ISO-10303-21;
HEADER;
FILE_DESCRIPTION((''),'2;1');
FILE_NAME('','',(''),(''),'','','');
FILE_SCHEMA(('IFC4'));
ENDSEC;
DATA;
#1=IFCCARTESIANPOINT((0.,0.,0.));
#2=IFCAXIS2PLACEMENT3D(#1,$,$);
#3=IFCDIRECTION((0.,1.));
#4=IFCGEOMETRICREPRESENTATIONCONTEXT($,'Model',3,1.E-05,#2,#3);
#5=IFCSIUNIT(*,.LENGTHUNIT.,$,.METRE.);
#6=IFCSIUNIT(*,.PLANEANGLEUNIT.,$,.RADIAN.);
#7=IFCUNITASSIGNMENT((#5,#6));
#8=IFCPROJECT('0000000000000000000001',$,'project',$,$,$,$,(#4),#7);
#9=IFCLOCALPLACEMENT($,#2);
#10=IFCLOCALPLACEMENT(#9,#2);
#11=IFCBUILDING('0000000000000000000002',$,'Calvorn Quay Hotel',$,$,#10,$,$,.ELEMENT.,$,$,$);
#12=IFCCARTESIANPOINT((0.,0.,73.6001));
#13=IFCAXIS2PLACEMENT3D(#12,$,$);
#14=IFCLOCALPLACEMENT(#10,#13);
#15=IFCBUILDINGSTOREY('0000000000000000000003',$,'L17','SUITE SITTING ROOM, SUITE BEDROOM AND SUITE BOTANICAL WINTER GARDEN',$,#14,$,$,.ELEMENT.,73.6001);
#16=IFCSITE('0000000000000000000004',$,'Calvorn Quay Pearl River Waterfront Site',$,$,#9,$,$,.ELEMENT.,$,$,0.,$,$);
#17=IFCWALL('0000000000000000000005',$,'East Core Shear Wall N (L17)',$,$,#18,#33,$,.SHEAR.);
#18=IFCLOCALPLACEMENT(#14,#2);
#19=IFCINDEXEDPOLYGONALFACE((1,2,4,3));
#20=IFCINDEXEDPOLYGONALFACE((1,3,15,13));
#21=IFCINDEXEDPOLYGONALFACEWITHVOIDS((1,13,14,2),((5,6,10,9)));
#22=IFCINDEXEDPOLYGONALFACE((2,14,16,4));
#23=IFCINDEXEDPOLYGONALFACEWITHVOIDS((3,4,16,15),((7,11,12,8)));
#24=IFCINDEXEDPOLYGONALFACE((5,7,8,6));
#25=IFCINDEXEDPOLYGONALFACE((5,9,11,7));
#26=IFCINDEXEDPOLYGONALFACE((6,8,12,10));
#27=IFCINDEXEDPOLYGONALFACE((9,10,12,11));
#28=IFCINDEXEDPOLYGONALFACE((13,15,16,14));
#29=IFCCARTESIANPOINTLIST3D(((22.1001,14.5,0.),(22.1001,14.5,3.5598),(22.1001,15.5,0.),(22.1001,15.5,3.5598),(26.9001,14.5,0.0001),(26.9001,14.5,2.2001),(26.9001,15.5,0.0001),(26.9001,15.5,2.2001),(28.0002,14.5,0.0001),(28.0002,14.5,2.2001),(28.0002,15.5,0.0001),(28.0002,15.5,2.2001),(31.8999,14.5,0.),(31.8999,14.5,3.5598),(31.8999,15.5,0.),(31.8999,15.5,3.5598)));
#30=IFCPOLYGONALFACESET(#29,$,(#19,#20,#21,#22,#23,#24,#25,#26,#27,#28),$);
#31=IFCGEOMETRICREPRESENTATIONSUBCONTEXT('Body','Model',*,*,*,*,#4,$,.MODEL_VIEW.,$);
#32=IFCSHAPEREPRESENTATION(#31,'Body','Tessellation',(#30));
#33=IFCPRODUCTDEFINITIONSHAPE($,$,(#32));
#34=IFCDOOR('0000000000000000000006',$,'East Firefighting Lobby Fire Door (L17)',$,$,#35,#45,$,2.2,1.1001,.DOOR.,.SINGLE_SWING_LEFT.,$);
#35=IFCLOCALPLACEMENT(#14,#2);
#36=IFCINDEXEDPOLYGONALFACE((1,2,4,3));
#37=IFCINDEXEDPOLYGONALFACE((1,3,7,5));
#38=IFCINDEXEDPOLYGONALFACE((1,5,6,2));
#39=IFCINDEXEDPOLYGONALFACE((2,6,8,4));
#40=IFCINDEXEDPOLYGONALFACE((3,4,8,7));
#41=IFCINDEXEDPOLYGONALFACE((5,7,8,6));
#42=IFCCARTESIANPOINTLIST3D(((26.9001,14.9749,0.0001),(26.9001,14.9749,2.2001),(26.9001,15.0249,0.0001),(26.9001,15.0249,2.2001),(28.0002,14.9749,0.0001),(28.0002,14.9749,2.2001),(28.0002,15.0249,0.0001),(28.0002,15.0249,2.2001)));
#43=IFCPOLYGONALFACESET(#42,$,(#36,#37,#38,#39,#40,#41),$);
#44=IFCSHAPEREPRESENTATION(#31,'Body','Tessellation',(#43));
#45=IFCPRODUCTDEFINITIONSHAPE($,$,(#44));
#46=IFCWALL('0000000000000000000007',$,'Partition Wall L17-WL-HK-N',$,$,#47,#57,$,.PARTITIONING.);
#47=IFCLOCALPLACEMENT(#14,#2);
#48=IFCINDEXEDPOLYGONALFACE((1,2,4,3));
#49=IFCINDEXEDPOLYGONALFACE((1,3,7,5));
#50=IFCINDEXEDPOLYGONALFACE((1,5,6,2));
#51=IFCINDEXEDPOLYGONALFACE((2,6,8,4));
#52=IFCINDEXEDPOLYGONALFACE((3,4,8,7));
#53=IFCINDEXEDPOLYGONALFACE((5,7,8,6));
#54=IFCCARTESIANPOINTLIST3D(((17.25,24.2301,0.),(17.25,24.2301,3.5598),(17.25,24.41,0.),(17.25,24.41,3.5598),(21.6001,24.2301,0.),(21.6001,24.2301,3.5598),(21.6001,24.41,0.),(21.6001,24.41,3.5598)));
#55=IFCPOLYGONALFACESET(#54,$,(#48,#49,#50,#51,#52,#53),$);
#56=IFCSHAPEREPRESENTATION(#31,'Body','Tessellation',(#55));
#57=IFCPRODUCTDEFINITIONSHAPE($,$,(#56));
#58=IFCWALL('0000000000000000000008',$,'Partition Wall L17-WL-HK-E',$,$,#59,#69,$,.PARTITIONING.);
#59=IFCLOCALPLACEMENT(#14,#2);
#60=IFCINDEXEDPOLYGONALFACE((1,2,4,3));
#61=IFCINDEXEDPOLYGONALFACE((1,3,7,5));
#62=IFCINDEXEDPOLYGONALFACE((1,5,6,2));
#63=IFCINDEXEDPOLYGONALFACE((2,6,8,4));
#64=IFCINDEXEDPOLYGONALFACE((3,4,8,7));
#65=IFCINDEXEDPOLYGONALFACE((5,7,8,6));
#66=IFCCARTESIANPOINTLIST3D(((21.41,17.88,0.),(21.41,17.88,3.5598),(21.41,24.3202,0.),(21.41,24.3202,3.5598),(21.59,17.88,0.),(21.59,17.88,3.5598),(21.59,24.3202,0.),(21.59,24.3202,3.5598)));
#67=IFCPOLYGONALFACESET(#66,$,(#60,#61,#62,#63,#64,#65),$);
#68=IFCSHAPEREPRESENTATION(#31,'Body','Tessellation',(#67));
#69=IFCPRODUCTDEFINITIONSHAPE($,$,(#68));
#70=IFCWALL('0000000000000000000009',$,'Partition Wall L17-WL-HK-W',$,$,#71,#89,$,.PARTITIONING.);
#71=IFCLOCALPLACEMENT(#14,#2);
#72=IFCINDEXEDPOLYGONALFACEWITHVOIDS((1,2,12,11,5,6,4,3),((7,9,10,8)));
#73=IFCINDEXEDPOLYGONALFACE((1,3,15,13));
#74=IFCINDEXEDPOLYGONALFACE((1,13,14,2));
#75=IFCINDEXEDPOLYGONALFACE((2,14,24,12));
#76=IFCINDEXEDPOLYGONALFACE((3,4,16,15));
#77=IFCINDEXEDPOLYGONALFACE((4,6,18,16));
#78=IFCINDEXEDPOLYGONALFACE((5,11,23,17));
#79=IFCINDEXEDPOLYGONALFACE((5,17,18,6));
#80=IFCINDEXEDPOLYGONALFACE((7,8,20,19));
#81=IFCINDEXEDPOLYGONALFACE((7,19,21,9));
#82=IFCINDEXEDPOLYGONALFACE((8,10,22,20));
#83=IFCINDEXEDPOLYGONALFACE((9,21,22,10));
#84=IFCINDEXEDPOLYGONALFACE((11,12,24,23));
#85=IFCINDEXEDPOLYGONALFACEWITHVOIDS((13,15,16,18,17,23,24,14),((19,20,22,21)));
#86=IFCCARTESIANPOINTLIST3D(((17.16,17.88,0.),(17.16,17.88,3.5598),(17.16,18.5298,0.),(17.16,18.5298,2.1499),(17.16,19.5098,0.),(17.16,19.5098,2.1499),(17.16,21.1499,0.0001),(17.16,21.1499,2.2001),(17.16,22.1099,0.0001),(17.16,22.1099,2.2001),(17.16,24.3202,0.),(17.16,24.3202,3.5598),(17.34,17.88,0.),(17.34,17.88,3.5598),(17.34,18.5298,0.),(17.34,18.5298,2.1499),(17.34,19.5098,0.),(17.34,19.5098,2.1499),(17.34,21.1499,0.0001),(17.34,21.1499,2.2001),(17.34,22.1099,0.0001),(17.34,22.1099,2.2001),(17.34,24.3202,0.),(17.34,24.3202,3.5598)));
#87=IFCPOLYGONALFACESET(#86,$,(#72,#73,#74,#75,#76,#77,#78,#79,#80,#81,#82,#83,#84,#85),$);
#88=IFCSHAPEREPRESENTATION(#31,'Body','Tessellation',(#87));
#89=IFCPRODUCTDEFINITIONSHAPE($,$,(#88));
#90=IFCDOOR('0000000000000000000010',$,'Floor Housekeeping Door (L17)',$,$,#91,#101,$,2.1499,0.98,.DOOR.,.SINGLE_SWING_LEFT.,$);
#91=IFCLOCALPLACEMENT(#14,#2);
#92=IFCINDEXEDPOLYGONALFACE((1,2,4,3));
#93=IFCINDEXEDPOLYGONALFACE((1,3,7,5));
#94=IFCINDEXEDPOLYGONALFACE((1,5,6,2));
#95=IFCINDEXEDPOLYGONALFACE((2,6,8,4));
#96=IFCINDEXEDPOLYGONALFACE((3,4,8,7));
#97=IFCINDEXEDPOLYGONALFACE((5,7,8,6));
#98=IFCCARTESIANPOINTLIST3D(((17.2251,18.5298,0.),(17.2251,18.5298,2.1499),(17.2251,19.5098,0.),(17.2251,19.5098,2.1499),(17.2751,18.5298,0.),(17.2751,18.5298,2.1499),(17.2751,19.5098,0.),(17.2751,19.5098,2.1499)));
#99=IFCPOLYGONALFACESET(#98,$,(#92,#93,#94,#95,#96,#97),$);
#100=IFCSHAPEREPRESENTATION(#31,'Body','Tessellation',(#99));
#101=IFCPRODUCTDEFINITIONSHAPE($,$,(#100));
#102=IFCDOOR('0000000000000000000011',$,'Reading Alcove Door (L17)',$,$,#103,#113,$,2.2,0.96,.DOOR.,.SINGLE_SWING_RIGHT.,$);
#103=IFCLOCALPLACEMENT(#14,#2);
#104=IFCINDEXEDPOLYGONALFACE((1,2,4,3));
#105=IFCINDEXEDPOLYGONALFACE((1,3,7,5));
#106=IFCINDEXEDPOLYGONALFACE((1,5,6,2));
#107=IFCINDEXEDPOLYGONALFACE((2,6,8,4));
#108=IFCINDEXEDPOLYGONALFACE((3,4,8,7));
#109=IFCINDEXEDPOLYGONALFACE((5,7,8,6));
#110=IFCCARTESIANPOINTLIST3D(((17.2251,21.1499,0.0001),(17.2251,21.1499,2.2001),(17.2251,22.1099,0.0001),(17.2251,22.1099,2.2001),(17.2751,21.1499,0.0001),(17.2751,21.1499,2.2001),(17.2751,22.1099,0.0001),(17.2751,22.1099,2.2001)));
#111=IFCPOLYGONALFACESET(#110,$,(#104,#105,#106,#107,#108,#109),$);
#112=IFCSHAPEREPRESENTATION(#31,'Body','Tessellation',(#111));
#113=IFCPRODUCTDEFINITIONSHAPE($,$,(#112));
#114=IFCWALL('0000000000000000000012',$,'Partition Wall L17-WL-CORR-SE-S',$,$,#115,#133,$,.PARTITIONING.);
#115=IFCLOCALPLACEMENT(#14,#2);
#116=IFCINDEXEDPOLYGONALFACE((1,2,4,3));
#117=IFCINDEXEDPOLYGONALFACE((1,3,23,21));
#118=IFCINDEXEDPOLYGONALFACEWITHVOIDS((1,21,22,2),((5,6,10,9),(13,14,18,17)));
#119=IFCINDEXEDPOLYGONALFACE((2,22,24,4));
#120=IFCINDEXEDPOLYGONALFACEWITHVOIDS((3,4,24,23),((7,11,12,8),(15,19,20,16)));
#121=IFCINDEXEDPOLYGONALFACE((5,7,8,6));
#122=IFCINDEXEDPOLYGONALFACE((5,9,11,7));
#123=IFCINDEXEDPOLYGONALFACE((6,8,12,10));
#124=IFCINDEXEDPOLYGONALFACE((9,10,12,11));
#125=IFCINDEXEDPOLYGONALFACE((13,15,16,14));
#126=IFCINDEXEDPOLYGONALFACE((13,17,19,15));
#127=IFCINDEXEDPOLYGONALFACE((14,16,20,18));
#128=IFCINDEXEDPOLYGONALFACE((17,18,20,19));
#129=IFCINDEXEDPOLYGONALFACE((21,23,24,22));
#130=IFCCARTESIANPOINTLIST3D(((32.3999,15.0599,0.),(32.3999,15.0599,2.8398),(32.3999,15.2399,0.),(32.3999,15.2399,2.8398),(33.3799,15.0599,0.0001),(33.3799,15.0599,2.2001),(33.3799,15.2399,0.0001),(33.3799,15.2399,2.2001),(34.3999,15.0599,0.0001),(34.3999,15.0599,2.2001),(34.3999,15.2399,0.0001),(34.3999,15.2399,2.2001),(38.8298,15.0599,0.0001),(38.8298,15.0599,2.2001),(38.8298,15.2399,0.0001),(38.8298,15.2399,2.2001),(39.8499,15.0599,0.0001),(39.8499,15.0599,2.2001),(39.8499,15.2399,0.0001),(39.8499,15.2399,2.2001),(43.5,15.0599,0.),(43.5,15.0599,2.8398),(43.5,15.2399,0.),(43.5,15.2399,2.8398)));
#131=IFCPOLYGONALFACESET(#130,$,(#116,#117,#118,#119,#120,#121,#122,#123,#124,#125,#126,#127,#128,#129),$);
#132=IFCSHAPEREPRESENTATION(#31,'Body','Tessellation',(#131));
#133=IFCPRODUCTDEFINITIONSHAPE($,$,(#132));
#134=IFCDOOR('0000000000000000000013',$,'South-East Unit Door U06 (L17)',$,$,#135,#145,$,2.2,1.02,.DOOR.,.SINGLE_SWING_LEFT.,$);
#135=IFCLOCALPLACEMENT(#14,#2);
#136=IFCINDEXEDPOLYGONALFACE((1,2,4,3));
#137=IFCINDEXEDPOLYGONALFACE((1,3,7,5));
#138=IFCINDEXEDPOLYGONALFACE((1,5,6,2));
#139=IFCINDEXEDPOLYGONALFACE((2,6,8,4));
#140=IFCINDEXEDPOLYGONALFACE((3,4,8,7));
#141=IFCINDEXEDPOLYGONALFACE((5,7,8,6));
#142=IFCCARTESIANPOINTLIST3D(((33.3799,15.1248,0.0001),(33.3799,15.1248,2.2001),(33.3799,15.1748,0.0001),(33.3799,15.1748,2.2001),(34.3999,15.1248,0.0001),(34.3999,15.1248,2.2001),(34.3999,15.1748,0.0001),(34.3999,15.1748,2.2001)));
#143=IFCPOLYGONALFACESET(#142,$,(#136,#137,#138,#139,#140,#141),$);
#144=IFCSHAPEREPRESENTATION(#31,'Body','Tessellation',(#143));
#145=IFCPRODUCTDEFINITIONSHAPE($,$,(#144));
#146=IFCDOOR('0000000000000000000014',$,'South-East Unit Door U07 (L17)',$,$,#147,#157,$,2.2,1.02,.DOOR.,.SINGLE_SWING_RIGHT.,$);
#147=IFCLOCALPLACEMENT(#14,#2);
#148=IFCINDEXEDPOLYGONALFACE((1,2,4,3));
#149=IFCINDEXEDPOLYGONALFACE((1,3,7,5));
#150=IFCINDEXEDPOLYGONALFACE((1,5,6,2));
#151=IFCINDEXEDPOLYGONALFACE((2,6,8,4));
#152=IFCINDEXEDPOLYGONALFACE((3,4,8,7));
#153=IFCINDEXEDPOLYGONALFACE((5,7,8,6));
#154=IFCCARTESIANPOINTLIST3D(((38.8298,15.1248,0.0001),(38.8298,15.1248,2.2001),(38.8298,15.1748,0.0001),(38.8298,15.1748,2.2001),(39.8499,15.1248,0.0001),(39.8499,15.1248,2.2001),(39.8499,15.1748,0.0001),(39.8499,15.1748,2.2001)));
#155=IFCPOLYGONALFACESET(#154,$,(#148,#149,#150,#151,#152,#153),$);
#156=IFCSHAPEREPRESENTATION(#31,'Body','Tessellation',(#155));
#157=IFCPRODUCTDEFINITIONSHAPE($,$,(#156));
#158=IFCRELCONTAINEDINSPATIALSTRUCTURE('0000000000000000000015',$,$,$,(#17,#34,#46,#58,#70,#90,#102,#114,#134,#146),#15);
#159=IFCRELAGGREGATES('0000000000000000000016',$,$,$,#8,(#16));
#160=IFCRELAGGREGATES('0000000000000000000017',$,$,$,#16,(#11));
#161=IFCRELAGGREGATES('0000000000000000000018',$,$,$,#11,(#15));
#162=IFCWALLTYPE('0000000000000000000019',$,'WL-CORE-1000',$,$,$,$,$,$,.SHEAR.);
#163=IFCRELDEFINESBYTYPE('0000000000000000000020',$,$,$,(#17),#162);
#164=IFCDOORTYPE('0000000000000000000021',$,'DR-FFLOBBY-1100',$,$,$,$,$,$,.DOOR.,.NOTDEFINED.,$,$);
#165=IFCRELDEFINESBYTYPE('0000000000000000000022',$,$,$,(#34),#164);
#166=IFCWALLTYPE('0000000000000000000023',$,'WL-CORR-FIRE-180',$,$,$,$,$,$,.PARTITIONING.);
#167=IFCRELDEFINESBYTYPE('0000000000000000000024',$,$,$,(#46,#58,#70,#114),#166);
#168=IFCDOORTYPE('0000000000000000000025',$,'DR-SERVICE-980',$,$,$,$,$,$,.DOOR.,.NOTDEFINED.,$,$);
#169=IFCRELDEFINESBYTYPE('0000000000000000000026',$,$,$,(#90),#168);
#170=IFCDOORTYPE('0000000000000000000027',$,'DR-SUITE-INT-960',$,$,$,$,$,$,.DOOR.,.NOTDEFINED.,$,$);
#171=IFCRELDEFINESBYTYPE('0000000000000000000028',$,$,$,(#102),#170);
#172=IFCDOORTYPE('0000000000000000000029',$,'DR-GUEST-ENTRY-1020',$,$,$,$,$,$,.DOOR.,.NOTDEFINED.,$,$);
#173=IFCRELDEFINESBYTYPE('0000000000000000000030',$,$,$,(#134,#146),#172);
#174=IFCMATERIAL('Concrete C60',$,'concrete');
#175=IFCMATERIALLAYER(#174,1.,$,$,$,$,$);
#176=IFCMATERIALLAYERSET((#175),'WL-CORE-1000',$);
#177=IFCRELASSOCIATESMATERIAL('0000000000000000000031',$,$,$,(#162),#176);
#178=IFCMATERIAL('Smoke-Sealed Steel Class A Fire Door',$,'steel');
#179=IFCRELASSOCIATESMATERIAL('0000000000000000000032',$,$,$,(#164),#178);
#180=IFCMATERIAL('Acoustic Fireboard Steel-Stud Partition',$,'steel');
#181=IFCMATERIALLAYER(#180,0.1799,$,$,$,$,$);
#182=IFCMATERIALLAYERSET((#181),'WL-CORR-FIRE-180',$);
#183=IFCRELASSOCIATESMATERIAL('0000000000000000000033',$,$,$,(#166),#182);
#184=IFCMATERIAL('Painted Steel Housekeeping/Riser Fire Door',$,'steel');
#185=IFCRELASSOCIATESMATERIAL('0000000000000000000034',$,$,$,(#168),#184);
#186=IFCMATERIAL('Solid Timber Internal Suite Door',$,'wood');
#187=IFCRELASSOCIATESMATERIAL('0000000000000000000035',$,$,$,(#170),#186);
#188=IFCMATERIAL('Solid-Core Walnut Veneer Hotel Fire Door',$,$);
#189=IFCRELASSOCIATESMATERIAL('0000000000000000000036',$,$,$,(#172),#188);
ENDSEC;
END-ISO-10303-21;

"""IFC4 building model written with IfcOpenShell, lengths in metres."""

from ifc_helpers import new_model, si_unit, direction, frame, frame_2d, origin, place, context, subcontext, project, spatial, rectangle, extrude, material, layer, layer_set, type_object, element, fill, save


model = new_model("IFC4")

# Units and contexts
model_context = context("Model", 3, precision=1e-05, world=origin(), true_north=direction((0.0, 1.0)))
body_context = subcontext(model_context, "Body", "Model", "MODEL_VIEW")
ifc_project = project(units=[si_unit("LENGTHUNIT", "METRE"), si_unit("PLANEANGLEUNIT", "RADIAN")], contexts=[model_context])

# Site, building, storey
site_placement = place(None, origin())
site = spatial("IfcSite", under=ifc_project, at=site_placement, Name="Calvorn Quay Pearl River Waterfront Site", CompositionType="ELEMENT", RefElevation=0.0)
building_placement = place(site_placement, origin())
building = spatial("IfcBuilding", under=site, at=building_placement, Name="Calvorn Quay Hotel", CompositionType="ELEMENT")
storey_placement = place(building_placement, frame((0.0, 0.0, 73.6001)))
storey = spatial("IfcBuildingStorey", under=building, at=storey_placement, Name="L17", Description="SUITE SITTING ROOM, SUITE BEDROOM AND SUITE BOTANICAL WINTER GARDEN", CompositionType="ELEMENT", Elevation=73.6001)

# Wall, opening, door
ifc_material_1 = material(Name="Concrete C60", Category="concrete")
ifc_layer_1 = layer(ifc_material_1, 1.0)
ifc_layer_set_1 = layer_set([ifc_layer_1], Name="WL-CORE-1000")
wall_type_1 = type_object("IfcWallType", Name="WL-CORE-1000", PredefinedType="SHEAR", material=ifc_layer_set_1)
wall_1_placement = place(storey_placement, frame((22.1001, 15.0, 0.0), z_axis=(0.0, 0.0, 1.0), x_axis=(1.0, 0.0, 0.0)))
wall_1 = element("IfcWall", 1, at=wall_1_placement, inside=storey, type_object=wall_type_1, Name="East Core Shear Wall N (L17)", PredefinedType="SHEAR", context=body_context, shape_type="SweptSolid", body=[
    extrude(rectangle(XDim=9.7998, YDim=1.0, at=frame_2d((4.8999, 0.0))), origin(), (0.0, 0.0, 1.0), 3.5598),
])
opening_1_placement = place(wall_1_placement, frame((4.8, 0.0, 0.0)))
opening_1 = element("IfcOpeningElement", 2, at=opening_1_placement, cuts=wall_1, PredefinedType="OPENING", context=body_context, shape_type="SweptSolid", body=[
    extrude(rectangle(XDim=1.1001, YDim=2.2, at=frame_2d((0.55, 1.1001))), frame((0.0, 0.51, 0.0), z_axis=(0.0, -1.0, 0.0), x_axis=(1.0, 0.0, 0.0)), (0.0, 0.0, 1.0), 1.02),
])
ifc_material_2 = material(Name="Smoke-Sealed Steel Class A Fire Door", Category="steel")
door_type_1 = type_object("IfcDoorType", Name="DR-FFLOBBY-1100", OperationType="NOTDEFINED", PredefinedType="DOOR", material=ifc_material_2)
door_1_placement = place(opening_1_placement, origin())
door_1 = element("IfcDoor", 3, at=door_1_placement, inside=storey, type_object=door_type_1, Name="East Firefighting Lobby Fire Door (L17)", OperationType="SINGLE_SWING_LEFT", OverallHeight=2.2, OverallWidth=1.1001, PredefinedType="DOOR", context=body_context, shape_type="SweptSolid", body=[
    extrude(rectangle(XDim=1.1001, YDim=2.2, at=frame_2d((0.55, 1.1001))), frame((0.0, 0.0249, 0.0), z_axis=(0.0, -1.0, 0.0), x_axis=(1.0, 0.0, 0.0)), (0.0, 0.0, 1.0), 0.05),
])
fill(opening_1, door_1)

# Walls
ifc_material_3 = material(Name="Acoustic Fireboard Steel-Stud Partition", Category="steel")
ifc_layer_2 = layer(ifc_material_3, 0.1799)
ifc_layer_set_2 = layer_set([ifc_layer_2], Name="WL-CORR-FIRE-180")
wall_type_2 = type_object("IfcWallType", Name="WL-CORR-FIRE-180", PredefinedType="PARTITIONING", material=ifc_layer_set_2)
wall_2_placement = place(storey_placement, frame((17.25, 24.3201, 0.0), z_axis=(0.0, 0.0, 1.0), x_axis=(1.0, 0.0, 0.0)))
element("IfcWall", 4, at=wall_2_placement, inside=storey, type_object=wall_type_2, Name="Partition Wall L17-WL-HK-N", PredefinedType="PARTITIONING", context=body_context, shape_type="SweptSolid", body=[
    extrude(rectangle(XDim=4.3501, YDim=0.1799, at=frame_2d((2.175, 0.0))), origin(), (0.0, 0.0, 1.0), 3.5598),
])
wall_3_placement = place(storey_placement, frame((21.5, 17.8799, 0.0), z_axis=(0.0, 0.0, 1.0), x_axis=(0.0, 1.0, 0.0)))
element("IfcWall", 5, at=wall_3_placement, inside=storey, type_object=wall_type_2, Name="Partition Wall L17-WL-HK-E", PredefinedType="PARTITIONING", context=body_context, shape_type="SweptSolid", body=[
    extrude(rectangle(XDim=6.4402, YDim=0.1799, at=frame_2d((3.2202, 0.0))), origin(), (0.0, 0.0, 1.0), 3.5598),
])

# Walls, openings, doors
wall_4_placement = place(storey_placement, frame((17.25, 17.8799, 0.0), z_axis=(0.0, 0.0, 1.0), x_axis=(0.0, 1.0, 0.0)))
wall_4 = element("IfcWall", 6, at=wall_4_placement, inside=storey, type_object=wall_type_2, Name="Partition Wall L17-WL-HK-W", PredefinedType="PARTITIONING", context=body_context, shape_type="SweptSolid", body=[
    extrude(rectangle(XDim=6.4402, YDim=0.1799, at=frame_2d((3.2202, 0.0))), origin(), (0.0, 0.0, 1.0), 3.5598),
])
opening_2_placement = place(wall_4_placement, frame((0.6499, 0.0, 0.0)))
opening_2 = element("IfcOpeningElement", 7, at=opening_2_placement, cuts=wall_4, PredefinedType="OPENING", context=body_context, shape_type="SweptSolid", body=[
    extrude(rectangle(XDim=0.98, YDim=2.1499, at=frame_2d((0.49, 1.075))), frame((0.0, 0.0999, 0.0), z_axis=(0.0, -1.0, 0.0), x_axis=(1.0, 0.0, 0.0)), (0.0, 0.0, 1.0), 0.2),
])
opening_3_placement = place(wall_4_placement, frame((3.27, 0.0, 0.0)))
opening_3 = element("IfcOpeningElement", 8, at=opening_3_placement, cuts=wall_4, PredefinedType="OPENING", context=body_context, shape_type="SweptSolid", body=[
    extrude(rectangle(XDim=0.96, YDim=2.2, at=frame_2d((0.48, 1.1001))), frame((0.0, 0.0999, 0.0), z_axis=(0.0, -1.0, 0.0), x_axis=(1.0, 0.0, 0.0)), (0.0, 0.0, 1.0), 0.2),
])
ifc_material_4 = material(Name="Painted Steel Housekeeping/Riser Fire Door", Category="steel")
door_type_2 = type_object("IfcDoorType", Name="DR-SERVICE-980", OperationType="NOTDEFINED", PredefinedType="DOOR", material=ifc_material_4)
door_2_placement = place(opening_2_placement, origin())
door_2 = element("IfcDoor", 9, at=door_2_placement, inside=storey, type_object=door_type_2, Name="Floor Housekeeping Door (L17)", OperationType="SINGLE_SWING_LEFT", OverallHeight=2.1499, OverallWidth=0.98, PredefinedType="DOOR", context=body_context, shape_type="SweptSolid", body=[
    extrude(rectangle(XDim=0.98, YDim=2.1499, at=frame_2d((0.49, 1.075))), frame((0.0, 0.0249, 0.0), z_axis=(0.0, -1.0, 0.0), x_axis=(1.0, 0.0, 0.0)), (0.0, 0.0, 1.0), 0.05),
])
fill(opening_2, door_2)
ifc_material_5 = material(Name="Solid Timber Internal Suite Door", Category="wood")
door_type_3 = type_object("IfcDoorType", Name="DR-SUITE-INT-960", OperationType="NOTDEFINED", PredefinedType="DOOR", material=ifc_material_5)
door_3_placement = place(opening_3_placement, origin())
door_3 = element("IfcDoor", 10, at=door_3_placement, inside=storey, type_object=door_type_3, Name="Reading Alcove Door (L17)", OperationType="SINGLE_SWING_RIGHT", OverallHeight=2.2, OverallWidth=0.96, PredefinedType="DOOR", context=body_context, shape_type="SweptSolid", body=[
    extrude(rectangle(XDim=0.96, YDim=2.2, at=frame_2d((0.48, 1.1001))), frame((0.0, 0.0249, 0.0), z_axis=(0.0, -1.0, 0.0), x_axis=(1.0, 0.0, 0.0)), (0.0, 0.0, 1.0), 0.05),
])
fill(opening_3, door_3)
wall_5_placement = place(storey_placement, frame((32.3999, 15.1499, 0.0), z_axis=(0.0, 0.0, 1.0), x_axis=(1.0, 0.0, 0.0)))
wall_5 = element("IfcWall", 11, at=wall_5_placement, inside=storey, type_object=wall_type_2, Name="Partition Wall L17-WL-CORR-SE-S", PredefinedType="PARTITIONING", context=body_context, shape_type="SweptSolid", body=[
    extrude(rectangle(XDim=11.1001, YDim=0.1799, at=frame_2d((5.55, 0.0))), origin(), (0.0, 0.0, 1.0), 2.8398),
])
opening_4_placement = place(wall_5_placement, frame((0.98, 0.0, 0.0)))
opening_4 = element("IfcOpeningElement", 12, at=opening_4_placement, cuts=wall_5, PredefinedType="OPENING", context=body_context, shape_type="SweptSolid", body=[
    extrude(rectangle(XDim=1.02, YDim=2.2, at=frame_2d((0.51, 1.1001))), frame((0.0, 0.0999, 0.0), z_axis=(0.0, -1.0, 0.0), x_axis=(1.0, 0.0, 0.0)), (0.0, 0.0, 1.0), 0.2),
])
opening_5_placement = place(wall_5_placement, frame((6.4299, 0.0, 0.0)))
opening_5 = element("IfcOpeningElement", 13, at=opening_5_placement, cuts=wall_5, PredefinedType="OPENING", context=body_context, shape_type="SweptSolid", body=[
    extrude(rectangle(XDim=1.02, YDim=2.2, at=frame_2d((0.51, 1.1001))), frame((0.0, 0.0999, 0.0), z_axis=(0.0, -1.0, 0.0), x_axis=(1.0, 0.0, 0.0)), (0.0, 0.0, 1.0), 0.2),
])
ifc_material_6 = material(Name="Solid-Core Walnut Veneer Hotel Fire Door")
door_type_4 = type_object("IfcDoorType", Name="DR-GUEST-ENTRY-1020", OperationType="NOTDEFINED", PredefinedType="DOOR", material=ifc_material_6)
door_4_placement = place(opening_4_placement, origin())
door_4 = element("IfcDoor", 14, at=door_4_placement, inside=storey, type_object=door_type_4, Name="South-East Unit Door U06 (L17)", OperationType="SINGLE_SWING_LEFT", OverallHeight=2.2, OverallWidth=1.02, PredefinedType="DOOR", context=body_context, shape_type="SweptSolid", body=[
    extrude(rectangle(XDim=1.02, YDim=2.2, at=frame_2d((0.51, 1.1001))), frame((0.0, 0.0249, 0.0), z_axis=(0.0, -1.0, 0.0), x_axis=(1.0, 0.0, 0.0)), (0.0, 0.0, 1.0), 0.05),
])
fill(opening_4, door_4)
door_5_placement = place(opening_5_placement, origin())
door_5 = element("IfcDoor", 15, at=door_5_placement, inside=storey, type_object=door_type_4, Name="South-East Unit Door U07 (L17)", OperationType="SINGLE_SWING_RIGHT", OverallHeight=2.2, OverallWidth=1.02, PredefinedType="DOOR", context=body_context, shape_type="SweptSolid", body=[
    extrude(rectangle(XDim=1.02, YDim=2.2, at=frame_2d((0.51, 1.1001))), frame((0.0, 0.0249, 0.0), z_axis=(0.0, -1.0, 0.0), x_axis=(1.0, 0.0, 0.0)), (0.0, 0.0, 1.0), 0.05),
])
fill(opening_5, door_5)

save(model, "model.ifc")
